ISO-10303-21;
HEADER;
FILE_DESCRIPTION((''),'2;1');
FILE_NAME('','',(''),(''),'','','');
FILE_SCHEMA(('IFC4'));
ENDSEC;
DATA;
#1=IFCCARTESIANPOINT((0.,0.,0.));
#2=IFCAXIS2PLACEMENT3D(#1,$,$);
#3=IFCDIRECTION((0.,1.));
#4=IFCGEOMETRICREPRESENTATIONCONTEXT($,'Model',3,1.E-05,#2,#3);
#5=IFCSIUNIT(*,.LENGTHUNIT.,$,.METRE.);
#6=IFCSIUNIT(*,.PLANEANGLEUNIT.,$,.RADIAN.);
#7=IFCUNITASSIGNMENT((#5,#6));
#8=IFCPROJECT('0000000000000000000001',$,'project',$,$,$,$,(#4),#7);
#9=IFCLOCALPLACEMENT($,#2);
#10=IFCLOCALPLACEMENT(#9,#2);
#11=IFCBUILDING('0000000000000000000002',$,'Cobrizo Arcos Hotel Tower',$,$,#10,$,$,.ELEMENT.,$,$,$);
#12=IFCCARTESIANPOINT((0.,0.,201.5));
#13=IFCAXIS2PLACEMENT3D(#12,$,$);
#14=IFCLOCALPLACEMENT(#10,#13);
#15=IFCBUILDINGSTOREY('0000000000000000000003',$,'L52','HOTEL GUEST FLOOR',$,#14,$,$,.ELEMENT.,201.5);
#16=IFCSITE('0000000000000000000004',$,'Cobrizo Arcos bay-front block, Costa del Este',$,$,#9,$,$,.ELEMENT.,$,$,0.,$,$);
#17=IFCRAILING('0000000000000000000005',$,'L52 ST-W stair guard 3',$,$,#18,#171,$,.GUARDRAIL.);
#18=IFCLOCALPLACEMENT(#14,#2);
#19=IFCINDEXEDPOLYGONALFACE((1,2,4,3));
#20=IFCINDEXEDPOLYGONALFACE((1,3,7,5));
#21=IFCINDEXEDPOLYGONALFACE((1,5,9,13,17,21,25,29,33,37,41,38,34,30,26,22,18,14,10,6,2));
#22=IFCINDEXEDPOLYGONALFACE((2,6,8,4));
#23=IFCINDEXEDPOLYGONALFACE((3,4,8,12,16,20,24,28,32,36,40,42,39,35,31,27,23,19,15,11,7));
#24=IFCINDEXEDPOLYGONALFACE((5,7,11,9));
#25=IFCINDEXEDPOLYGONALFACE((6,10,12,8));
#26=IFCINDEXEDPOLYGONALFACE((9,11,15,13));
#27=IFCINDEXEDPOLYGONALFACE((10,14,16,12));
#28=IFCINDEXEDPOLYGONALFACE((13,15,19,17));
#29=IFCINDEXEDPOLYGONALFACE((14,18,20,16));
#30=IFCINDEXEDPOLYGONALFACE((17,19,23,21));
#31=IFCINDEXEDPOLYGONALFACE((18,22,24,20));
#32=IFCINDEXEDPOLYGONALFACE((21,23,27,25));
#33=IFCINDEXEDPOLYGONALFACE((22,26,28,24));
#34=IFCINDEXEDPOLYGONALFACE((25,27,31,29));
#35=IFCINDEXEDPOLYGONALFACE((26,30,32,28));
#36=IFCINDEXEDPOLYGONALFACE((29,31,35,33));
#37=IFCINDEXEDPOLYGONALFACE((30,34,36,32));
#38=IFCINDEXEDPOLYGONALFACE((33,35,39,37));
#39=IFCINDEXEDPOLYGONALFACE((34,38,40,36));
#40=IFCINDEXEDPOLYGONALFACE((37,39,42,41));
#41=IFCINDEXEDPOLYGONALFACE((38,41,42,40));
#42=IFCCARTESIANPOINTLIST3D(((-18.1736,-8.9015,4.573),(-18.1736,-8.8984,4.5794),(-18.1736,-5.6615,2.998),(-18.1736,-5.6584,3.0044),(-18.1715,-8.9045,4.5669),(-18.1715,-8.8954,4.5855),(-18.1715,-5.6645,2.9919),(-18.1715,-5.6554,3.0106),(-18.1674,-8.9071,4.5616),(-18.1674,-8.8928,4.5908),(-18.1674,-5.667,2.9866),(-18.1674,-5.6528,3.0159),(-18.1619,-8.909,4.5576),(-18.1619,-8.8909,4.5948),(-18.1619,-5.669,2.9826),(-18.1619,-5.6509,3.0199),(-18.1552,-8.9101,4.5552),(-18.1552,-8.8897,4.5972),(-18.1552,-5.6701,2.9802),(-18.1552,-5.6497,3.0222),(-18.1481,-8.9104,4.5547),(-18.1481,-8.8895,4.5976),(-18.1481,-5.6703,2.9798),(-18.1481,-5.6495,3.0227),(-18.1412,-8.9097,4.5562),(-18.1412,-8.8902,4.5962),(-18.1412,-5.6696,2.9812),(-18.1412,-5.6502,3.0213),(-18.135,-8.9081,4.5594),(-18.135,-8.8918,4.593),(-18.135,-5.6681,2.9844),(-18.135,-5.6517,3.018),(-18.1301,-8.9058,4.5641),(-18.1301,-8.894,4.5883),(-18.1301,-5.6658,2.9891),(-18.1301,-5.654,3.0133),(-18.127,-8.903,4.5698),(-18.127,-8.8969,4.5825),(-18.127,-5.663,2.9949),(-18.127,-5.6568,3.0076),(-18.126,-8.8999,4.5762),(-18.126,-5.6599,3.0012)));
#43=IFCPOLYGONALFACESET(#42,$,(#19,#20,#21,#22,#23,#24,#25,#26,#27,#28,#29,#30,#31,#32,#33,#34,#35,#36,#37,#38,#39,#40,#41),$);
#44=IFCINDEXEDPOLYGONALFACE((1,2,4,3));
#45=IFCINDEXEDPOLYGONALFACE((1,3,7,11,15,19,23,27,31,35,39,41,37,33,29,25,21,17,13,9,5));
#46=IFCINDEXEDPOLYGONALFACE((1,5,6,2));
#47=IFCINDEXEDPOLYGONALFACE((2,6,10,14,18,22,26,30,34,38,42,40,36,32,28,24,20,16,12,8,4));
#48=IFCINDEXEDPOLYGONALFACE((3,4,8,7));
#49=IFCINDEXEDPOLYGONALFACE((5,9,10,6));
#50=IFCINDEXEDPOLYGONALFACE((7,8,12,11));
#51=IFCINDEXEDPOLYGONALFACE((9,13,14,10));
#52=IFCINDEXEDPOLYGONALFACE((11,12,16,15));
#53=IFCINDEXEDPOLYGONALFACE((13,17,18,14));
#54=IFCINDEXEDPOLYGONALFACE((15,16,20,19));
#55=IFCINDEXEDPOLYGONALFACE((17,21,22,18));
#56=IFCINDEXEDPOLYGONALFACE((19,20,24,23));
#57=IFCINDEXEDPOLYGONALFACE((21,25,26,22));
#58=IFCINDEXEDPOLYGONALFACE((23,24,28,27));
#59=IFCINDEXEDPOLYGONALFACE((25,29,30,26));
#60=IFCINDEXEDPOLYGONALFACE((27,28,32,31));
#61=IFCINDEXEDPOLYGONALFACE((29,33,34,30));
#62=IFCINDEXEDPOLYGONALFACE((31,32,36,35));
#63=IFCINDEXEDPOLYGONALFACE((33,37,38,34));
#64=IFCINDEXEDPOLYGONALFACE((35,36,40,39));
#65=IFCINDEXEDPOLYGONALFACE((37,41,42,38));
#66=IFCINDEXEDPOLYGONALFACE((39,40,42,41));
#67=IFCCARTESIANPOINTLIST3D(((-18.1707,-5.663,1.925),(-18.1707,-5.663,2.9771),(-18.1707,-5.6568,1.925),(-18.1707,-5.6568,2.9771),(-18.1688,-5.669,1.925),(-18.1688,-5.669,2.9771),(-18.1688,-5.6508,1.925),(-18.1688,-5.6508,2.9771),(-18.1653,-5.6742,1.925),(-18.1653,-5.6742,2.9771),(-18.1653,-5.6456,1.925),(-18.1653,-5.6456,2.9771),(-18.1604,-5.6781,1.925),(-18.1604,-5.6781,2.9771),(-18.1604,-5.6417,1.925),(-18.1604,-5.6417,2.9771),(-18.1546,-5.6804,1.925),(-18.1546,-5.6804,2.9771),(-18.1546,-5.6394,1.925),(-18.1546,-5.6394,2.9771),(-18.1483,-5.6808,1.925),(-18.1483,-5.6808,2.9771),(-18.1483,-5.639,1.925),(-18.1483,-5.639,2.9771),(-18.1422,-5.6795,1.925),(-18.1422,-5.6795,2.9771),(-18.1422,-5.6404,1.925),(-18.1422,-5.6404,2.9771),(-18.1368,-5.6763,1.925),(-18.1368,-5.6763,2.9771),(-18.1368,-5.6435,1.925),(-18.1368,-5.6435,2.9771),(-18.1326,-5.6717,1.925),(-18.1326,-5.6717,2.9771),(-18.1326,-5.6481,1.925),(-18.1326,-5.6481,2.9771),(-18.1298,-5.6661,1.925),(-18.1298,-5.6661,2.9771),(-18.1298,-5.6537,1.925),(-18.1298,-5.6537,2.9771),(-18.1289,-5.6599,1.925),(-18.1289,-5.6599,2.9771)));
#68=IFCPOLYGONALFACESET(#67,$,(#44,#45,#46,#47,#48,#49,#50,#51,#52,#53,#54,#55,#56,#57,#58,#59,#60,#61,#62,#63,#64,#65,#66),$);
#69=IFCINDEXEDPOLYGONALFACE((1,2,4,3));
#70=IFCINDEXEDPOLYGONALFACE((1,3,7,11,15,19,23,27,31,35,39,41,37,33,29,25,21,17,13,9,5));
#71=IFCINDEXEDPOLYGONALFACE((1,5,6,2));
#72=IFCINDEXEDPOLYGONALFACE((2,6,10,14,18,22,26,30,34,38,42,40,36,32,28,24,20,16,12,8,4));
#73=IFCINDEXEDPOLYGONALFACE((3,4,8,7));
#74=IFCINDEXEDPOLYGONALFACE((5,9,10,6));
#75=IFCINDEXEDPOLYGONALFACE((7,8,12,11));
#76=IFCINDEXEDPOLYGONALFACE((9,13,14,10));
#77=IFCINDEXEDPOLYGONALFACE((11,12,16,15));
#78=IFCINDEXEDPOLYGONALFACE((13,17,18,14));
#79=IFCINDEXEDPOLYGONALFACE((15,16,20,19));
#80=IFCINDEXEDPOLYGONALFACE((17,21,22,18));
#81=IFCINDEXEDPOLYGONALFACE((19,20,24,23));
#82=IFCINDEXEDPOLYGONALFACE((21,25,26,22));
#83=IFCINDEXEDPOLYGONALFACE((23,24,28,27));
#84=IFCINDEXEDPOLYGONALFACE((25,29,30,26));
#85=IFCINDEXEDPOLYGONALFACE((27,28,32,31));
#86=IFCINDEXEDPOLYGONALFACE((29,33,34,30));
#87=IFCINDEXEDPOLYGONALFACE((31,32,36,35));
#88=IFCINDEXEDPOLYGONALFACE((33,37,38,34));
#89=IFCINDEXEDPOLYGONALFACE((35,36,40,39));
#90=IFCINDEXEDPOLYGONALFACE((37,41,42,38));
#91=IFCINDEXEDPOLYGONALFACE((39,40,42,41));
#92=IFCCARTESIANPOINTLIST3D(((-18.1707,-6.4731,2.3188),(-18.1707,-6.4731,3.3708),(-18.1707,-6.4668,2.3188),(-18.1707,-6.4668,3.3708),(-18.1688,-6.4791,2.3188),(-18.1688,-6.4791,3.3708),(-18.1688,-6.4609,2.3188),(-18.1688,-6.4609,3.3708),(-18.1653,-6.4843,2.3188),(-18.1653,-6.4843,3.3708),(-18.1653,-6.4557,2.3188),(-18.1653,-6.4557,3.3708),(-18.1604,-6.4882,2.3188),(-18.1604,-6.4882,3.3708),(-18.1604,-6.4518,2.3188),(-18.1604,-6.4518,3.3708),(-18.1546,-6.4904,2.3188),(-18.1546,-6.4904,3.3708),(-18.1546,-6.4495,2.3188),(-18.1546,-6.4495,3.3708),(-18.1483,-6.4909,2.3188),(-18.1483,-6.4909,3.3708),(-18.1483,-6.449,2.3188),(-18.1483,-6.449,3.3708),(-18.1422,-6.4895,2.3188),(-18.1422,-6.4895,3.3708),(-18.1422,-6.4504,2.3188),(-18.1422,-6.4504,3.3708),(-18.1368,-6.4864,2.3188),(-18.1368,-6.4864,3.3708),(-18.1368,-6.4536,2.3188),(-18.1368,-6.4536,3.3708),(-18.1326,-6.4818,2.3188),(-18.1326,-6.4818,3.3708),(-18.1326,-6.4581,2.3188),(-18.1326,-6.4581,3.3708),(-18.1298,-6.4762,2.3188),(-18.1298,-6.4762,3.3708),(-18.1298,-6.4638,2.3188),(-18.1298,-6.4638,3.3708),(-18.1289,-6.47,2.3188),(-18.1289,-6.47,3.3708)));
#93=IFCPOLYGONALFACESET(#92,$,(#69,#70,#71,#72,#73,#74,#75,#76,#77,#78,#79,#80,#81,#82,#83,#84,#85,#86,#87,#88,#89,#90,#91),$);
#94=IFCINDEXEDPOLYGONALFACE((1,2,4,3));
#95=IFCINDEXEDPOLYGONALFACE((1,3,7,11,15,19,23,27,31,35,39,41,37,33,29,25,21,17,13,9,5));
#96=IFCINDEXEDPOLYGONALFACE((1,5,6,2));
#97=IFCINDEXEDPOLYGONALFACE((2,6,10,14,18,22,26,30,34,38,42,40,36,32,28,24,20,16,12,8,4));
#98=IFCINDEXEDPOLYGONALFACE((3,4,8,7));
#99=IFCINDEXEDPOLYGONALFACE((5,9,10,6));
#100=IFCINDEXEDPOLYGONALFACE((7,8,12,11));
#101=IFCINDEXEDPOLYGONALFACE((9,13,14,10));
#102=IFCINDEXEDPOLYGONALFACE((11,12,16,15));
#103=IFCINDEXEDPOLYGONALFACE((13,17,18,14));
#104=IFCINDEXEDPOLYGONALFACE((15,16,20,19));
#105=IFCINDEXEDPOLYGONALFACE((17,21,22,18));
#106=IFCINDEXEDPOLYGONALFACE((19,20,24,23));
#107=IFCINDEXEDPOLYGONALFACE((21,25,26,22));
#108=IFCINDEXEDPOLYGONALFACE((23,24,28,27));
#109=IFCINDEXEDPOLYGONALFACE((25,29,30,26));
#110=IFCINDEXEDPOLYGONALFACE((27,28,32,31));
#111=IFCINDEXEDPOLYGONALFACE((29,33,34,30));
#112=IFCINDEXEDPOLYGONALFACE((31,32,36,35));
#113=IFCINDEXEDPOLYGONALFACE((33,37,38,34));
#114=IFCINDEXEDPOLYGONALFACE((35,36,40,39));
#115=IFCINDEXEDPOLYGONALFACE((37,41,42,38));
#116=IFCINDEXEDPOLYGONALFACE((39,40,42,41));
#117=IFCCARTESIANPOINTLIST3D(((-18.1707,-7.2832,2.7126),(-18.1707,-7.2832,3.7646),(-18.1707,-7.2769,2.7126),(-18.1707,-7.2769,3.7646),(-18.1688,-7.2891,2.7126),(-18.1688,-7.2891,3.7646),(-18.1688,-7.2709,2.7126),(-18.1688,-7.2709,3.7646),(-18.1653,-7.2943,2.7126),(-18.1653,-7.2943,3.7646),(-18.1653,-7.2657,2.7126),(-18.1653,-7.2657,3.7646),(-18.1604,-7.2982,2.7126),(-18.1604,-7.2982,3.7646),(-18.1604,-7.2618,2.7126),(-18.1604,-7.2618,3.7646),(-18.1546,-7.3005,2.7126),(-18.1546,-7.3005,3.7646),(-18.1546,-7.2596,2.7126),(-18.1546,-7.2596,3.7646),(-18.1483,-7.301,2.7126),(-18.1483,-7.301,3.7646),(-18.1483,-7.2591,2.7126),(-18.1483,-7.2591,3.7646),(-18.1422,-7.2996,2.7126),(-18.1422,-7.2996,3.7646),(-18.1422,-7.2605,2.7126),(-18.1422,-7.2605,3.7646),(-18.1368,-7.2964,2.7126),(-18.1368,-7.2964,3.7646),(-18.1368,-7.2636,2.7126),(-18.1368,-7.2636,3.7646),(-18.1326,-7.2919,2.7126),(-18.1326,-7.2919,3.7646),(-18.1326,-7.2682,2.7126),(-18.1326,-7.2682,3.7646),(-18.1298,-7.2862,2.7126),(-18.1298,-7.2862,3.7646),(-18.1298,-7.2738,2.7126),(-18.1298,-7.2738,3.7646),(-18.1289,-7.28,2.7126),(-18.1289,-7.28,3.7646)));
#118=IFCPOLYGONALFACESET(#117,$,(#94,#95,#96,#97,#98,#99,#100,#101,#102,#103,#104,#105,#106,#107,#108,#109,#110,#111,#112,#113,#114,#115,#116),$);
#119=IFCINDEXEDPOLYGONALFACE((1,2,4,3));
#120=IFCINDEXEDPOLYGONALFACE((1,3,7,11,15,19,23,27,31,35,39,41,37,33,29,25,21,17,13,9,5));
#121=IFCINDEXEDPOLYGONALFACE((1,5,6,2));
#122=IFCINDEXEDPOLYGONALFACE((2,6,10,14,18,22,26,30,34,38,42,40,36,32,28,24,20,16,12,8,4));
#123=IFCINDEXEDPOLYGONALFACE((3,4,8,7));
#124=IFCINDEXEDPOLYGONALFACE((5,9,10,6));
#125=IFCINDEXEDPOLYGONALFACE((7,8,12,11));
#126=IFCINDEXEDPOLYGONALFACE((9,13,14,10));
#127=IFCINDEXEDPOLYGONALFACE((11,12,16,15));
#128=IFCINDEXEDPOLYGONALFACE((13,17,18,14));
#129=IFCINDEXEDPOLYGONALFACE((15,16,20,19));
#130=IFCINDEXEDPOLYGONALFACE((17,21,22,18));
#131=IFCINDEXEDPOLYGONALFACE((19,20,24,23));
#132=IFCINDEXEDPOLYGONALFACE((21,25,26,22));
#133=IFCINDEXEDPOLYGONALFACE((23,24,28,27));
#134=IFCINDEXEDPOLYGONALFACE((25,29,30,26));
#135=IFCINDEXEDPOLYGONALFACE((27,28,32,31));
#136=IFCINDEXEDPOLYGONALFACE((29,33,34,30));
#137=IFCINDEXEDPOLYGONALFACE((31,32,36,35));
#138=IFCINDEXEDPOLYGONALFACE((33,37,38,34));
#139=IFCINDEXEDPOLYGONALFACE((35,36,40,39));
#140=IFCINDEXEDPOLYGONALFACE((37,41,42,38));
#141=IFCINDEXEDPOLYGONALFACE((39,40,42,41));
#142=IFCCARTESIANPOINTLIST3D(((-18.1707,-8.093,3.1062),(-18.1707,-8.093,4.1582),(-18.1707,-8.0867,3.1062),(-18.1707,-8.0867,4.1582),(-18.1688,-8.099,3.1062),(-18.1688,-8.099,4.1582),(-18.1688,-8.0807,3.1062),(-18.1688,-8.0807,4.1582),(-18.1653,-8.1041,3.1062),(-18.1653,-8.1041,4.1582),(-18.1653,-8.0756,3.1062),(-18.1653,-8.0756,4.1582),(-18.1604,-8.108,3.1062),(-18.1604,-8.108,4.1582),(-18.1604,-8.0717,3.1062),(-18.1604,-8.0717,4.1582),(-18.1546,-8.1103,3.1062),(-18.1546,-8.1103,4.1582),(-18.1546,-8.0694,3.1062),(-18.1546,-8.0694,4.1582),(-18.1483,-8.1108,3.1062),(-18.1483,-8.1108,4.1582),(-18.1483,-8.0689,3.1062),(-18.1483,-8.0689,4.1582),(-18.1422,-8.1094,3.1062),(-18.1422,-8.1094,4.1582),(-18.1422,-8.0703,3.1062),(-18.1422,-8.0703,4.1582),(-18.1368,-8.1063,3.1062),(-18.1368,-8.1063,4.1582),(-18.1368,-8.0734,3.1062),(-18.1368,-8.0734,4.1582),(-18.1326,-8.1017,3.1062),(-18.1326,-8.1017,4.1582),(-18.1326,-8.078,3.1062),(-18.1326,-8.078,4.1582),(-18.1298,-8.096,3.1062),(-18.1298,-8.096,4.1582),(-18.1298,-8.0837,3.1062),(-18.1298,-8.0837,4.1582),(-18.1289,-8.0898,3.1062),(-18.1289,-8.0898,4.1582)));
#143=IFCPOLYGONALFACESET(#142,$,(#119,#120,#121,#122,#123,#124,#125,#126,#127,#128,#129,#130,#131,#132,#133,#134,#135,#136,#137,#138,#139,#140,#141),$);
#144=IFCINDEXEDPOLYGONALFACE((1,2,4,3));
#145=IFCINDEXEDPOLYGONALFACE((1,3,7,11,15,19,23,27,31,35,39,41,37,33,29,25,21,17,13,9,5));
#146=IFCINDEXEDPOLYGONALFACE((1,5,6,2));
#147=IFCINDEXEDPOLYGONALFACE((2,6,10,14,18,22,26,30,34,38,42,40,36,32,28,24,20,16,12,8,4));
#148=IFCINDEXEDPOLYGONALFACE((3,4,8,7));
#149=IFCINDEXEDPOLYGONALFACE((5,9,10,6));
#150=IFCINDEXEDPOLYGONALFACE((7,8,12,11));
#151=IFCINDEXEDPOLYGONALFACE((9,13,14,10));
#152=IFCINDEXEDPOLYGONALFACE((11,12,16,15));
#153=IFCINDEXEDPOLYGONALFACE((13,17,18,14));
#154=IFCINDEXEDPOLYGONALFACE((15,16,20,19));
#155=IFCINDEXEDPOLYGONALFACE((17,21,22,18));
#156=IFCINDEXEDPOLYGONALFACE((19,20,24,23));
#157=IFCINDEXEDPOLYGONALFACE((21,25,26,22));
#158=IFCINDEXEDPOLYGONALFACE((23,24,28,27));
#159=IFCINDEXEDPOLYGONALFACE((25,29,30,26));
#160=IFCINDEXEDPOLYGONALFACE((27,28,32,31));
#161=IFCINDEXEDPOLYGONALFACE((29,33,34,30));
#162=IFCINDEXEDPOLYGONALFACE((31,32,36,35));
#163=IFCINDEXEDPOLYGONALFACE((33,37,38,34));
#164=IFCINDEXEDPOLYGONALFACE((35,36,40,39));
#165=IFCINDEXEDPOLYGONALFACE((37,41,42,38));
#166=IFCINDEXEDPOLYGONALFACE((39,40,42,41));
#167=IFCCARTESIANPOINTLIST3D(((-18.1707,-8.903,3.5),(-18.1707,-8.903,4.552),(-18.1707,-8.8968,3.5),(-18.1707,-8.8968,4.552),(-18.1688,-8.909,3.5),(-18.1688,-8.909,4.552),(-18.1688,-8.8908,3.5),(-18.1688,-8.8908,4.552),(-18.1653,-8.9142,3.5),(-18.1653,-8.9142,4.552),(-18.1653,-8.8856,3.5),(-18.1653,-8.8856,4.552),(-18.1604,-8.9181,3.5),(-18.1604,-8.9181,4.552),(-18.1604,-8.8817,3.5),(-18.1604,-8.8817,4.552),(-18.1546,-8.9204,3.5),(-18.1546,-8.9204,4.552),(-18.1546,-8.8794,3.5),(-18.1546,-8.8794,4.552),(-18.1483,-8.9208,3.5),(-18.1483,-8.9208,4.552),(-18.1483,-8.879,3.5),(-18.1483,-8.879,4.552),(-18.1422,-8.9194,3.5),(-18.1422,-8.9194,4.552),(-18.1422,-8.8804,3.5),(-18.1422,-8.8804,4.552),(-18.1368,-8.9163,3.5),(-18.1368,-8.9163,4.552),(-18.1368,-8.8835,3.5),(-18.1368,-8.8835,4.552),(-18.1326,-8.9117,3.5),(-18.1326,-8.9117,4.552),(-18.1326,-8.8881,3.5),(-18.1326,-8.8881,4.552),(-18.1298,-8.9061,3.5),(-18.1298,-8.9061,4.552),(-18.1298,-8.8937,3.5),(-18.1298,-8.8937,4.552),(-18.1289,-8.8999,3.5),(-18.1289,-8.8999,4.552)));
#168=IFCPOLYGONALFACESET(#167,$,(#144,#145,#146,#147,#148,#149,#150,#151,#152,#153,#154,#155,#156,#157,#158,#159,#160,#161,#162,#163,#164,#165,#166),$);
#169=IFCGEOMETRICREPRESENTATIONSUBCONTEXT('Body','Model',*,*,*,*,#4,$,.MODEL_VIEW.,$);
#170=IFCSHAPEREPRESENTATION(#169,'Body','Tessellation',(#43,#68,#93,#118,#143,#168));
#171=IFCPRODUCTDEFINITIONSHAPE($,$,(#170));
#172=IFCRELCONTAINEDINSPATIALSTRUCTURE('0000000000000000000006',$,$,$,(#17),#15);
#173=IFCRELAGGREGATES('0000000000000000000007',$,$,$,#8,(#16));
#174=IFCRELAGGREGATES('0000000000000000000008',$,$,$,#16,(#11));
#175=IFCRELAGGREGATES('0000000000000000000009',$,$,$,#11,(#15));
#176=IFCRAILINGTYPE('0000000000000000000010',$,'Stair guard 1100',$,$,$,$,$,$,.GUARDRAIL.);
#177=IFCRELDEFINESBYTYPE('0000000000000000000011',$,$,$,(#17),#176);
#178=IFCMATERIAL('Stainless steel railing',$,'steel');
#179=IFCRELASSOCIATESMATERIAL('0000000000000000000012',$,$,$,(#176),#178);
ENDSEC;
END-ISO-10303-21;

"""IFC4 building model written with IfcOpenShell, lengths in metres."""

from ifc_helpers import new_model, si_unit, direction, frame, origin, origin_2d, place, context, subcontext, project, spatial, circle, extrude, material, type_object, element, save


model = new_model("IFC4")

# Units and contexts
model_context = context("Model", 3, precision=1e-05, world=origin(), true_north=direction((0.0, 1.0)))
body_context = subcontext(model_context, "Body", "Model", "MODEL_VIEW")
ifc_project = project(units=[si_unit("LENGTHUNIT", "METRE"), si_unit("PLANEANGLEUNIT", "RADIAN")], contexts=[model_context])

# Site, building, storey
site_placement = place(None, origin())
site = spatial("IfcSite", under=ifc_project, at=site_placement, Name="Cobrizo Arcos bay-front block, Costa del Este", CompositionType="ELEMENT", RefElevation=0.0)
building_placement = place(site_placement, origin())
building = spatial("IfcBuilding", under=site, at=building_placement, Name="Cobrizo Arcos Hotel Tower", CompositionType="ELEMENT")
storey_placement = place(building_placement, frame((0.0, 0.0, 201.5)))
storey = spatial("IfcBuildingStorey", under=building, at=storey_placement, Name="L52", Description="HOTEL GUEST FLOOR", CompositionType="ELEMENT", Elevation=201.5)

# Railing
ifc_material_1 = material(Name="Stainless steel railing", Category="steel")
railing_type_1 = type_object("IfcRailingType", Name="Stair guard 1100", PredefinedType="GUARDRAIL", material=ifc_material_1)
railing_1_placement = place(storey_placement, frame((-18.1499, -5.6599, 1.925)))
element("IfcRailing", 1, at=railing_1_placement, inside=storey, type_object=railing_type_1, Name="L52 ST-W stair guard 3", PredefinedType="GUARDRAIL", context=body_context, shape_type="SweptSolid", body=[
    extrude(circle(Radius=0.0239, at=origin_2d()), frame((0.0, 0.0, 1.0762), z_axis=(0.0, -0.899373, 0.437183), x_axis=(1.0, 0.0, 0.0)), (0.0, 0.0, 1.0), 3.6025),
    extrude(circle(Radius=0.021, at=origin_2d()), origin(), (0.0, 0.0, 1.0), 1.052),
    extrude(circle(Radius=0.021, at=origin_2d()), frame((0.0, -0.8101, 0.3938)), (0.0, 0.0, 1.0), 1.052),
    extrude(circle(Radius=0.021, at=origin_2d()), frame((0.0, -1.6201, 0.7876)), (0.0, 0.0, 1.0), 1.052),
    extrude(circle(Radius=0.021, at=origin_2d()), frame((0.0, -2.4299, 1.1812)), (0.0, 0.0, 1.0), 1.052),
    extrude(circle(Radius=0.021, at=origin_2d()), frame((0.0, -3.24, 1.575)), (0.0, 0.0, 1.0), 1.052),
])

save(model, "model.ifc")
